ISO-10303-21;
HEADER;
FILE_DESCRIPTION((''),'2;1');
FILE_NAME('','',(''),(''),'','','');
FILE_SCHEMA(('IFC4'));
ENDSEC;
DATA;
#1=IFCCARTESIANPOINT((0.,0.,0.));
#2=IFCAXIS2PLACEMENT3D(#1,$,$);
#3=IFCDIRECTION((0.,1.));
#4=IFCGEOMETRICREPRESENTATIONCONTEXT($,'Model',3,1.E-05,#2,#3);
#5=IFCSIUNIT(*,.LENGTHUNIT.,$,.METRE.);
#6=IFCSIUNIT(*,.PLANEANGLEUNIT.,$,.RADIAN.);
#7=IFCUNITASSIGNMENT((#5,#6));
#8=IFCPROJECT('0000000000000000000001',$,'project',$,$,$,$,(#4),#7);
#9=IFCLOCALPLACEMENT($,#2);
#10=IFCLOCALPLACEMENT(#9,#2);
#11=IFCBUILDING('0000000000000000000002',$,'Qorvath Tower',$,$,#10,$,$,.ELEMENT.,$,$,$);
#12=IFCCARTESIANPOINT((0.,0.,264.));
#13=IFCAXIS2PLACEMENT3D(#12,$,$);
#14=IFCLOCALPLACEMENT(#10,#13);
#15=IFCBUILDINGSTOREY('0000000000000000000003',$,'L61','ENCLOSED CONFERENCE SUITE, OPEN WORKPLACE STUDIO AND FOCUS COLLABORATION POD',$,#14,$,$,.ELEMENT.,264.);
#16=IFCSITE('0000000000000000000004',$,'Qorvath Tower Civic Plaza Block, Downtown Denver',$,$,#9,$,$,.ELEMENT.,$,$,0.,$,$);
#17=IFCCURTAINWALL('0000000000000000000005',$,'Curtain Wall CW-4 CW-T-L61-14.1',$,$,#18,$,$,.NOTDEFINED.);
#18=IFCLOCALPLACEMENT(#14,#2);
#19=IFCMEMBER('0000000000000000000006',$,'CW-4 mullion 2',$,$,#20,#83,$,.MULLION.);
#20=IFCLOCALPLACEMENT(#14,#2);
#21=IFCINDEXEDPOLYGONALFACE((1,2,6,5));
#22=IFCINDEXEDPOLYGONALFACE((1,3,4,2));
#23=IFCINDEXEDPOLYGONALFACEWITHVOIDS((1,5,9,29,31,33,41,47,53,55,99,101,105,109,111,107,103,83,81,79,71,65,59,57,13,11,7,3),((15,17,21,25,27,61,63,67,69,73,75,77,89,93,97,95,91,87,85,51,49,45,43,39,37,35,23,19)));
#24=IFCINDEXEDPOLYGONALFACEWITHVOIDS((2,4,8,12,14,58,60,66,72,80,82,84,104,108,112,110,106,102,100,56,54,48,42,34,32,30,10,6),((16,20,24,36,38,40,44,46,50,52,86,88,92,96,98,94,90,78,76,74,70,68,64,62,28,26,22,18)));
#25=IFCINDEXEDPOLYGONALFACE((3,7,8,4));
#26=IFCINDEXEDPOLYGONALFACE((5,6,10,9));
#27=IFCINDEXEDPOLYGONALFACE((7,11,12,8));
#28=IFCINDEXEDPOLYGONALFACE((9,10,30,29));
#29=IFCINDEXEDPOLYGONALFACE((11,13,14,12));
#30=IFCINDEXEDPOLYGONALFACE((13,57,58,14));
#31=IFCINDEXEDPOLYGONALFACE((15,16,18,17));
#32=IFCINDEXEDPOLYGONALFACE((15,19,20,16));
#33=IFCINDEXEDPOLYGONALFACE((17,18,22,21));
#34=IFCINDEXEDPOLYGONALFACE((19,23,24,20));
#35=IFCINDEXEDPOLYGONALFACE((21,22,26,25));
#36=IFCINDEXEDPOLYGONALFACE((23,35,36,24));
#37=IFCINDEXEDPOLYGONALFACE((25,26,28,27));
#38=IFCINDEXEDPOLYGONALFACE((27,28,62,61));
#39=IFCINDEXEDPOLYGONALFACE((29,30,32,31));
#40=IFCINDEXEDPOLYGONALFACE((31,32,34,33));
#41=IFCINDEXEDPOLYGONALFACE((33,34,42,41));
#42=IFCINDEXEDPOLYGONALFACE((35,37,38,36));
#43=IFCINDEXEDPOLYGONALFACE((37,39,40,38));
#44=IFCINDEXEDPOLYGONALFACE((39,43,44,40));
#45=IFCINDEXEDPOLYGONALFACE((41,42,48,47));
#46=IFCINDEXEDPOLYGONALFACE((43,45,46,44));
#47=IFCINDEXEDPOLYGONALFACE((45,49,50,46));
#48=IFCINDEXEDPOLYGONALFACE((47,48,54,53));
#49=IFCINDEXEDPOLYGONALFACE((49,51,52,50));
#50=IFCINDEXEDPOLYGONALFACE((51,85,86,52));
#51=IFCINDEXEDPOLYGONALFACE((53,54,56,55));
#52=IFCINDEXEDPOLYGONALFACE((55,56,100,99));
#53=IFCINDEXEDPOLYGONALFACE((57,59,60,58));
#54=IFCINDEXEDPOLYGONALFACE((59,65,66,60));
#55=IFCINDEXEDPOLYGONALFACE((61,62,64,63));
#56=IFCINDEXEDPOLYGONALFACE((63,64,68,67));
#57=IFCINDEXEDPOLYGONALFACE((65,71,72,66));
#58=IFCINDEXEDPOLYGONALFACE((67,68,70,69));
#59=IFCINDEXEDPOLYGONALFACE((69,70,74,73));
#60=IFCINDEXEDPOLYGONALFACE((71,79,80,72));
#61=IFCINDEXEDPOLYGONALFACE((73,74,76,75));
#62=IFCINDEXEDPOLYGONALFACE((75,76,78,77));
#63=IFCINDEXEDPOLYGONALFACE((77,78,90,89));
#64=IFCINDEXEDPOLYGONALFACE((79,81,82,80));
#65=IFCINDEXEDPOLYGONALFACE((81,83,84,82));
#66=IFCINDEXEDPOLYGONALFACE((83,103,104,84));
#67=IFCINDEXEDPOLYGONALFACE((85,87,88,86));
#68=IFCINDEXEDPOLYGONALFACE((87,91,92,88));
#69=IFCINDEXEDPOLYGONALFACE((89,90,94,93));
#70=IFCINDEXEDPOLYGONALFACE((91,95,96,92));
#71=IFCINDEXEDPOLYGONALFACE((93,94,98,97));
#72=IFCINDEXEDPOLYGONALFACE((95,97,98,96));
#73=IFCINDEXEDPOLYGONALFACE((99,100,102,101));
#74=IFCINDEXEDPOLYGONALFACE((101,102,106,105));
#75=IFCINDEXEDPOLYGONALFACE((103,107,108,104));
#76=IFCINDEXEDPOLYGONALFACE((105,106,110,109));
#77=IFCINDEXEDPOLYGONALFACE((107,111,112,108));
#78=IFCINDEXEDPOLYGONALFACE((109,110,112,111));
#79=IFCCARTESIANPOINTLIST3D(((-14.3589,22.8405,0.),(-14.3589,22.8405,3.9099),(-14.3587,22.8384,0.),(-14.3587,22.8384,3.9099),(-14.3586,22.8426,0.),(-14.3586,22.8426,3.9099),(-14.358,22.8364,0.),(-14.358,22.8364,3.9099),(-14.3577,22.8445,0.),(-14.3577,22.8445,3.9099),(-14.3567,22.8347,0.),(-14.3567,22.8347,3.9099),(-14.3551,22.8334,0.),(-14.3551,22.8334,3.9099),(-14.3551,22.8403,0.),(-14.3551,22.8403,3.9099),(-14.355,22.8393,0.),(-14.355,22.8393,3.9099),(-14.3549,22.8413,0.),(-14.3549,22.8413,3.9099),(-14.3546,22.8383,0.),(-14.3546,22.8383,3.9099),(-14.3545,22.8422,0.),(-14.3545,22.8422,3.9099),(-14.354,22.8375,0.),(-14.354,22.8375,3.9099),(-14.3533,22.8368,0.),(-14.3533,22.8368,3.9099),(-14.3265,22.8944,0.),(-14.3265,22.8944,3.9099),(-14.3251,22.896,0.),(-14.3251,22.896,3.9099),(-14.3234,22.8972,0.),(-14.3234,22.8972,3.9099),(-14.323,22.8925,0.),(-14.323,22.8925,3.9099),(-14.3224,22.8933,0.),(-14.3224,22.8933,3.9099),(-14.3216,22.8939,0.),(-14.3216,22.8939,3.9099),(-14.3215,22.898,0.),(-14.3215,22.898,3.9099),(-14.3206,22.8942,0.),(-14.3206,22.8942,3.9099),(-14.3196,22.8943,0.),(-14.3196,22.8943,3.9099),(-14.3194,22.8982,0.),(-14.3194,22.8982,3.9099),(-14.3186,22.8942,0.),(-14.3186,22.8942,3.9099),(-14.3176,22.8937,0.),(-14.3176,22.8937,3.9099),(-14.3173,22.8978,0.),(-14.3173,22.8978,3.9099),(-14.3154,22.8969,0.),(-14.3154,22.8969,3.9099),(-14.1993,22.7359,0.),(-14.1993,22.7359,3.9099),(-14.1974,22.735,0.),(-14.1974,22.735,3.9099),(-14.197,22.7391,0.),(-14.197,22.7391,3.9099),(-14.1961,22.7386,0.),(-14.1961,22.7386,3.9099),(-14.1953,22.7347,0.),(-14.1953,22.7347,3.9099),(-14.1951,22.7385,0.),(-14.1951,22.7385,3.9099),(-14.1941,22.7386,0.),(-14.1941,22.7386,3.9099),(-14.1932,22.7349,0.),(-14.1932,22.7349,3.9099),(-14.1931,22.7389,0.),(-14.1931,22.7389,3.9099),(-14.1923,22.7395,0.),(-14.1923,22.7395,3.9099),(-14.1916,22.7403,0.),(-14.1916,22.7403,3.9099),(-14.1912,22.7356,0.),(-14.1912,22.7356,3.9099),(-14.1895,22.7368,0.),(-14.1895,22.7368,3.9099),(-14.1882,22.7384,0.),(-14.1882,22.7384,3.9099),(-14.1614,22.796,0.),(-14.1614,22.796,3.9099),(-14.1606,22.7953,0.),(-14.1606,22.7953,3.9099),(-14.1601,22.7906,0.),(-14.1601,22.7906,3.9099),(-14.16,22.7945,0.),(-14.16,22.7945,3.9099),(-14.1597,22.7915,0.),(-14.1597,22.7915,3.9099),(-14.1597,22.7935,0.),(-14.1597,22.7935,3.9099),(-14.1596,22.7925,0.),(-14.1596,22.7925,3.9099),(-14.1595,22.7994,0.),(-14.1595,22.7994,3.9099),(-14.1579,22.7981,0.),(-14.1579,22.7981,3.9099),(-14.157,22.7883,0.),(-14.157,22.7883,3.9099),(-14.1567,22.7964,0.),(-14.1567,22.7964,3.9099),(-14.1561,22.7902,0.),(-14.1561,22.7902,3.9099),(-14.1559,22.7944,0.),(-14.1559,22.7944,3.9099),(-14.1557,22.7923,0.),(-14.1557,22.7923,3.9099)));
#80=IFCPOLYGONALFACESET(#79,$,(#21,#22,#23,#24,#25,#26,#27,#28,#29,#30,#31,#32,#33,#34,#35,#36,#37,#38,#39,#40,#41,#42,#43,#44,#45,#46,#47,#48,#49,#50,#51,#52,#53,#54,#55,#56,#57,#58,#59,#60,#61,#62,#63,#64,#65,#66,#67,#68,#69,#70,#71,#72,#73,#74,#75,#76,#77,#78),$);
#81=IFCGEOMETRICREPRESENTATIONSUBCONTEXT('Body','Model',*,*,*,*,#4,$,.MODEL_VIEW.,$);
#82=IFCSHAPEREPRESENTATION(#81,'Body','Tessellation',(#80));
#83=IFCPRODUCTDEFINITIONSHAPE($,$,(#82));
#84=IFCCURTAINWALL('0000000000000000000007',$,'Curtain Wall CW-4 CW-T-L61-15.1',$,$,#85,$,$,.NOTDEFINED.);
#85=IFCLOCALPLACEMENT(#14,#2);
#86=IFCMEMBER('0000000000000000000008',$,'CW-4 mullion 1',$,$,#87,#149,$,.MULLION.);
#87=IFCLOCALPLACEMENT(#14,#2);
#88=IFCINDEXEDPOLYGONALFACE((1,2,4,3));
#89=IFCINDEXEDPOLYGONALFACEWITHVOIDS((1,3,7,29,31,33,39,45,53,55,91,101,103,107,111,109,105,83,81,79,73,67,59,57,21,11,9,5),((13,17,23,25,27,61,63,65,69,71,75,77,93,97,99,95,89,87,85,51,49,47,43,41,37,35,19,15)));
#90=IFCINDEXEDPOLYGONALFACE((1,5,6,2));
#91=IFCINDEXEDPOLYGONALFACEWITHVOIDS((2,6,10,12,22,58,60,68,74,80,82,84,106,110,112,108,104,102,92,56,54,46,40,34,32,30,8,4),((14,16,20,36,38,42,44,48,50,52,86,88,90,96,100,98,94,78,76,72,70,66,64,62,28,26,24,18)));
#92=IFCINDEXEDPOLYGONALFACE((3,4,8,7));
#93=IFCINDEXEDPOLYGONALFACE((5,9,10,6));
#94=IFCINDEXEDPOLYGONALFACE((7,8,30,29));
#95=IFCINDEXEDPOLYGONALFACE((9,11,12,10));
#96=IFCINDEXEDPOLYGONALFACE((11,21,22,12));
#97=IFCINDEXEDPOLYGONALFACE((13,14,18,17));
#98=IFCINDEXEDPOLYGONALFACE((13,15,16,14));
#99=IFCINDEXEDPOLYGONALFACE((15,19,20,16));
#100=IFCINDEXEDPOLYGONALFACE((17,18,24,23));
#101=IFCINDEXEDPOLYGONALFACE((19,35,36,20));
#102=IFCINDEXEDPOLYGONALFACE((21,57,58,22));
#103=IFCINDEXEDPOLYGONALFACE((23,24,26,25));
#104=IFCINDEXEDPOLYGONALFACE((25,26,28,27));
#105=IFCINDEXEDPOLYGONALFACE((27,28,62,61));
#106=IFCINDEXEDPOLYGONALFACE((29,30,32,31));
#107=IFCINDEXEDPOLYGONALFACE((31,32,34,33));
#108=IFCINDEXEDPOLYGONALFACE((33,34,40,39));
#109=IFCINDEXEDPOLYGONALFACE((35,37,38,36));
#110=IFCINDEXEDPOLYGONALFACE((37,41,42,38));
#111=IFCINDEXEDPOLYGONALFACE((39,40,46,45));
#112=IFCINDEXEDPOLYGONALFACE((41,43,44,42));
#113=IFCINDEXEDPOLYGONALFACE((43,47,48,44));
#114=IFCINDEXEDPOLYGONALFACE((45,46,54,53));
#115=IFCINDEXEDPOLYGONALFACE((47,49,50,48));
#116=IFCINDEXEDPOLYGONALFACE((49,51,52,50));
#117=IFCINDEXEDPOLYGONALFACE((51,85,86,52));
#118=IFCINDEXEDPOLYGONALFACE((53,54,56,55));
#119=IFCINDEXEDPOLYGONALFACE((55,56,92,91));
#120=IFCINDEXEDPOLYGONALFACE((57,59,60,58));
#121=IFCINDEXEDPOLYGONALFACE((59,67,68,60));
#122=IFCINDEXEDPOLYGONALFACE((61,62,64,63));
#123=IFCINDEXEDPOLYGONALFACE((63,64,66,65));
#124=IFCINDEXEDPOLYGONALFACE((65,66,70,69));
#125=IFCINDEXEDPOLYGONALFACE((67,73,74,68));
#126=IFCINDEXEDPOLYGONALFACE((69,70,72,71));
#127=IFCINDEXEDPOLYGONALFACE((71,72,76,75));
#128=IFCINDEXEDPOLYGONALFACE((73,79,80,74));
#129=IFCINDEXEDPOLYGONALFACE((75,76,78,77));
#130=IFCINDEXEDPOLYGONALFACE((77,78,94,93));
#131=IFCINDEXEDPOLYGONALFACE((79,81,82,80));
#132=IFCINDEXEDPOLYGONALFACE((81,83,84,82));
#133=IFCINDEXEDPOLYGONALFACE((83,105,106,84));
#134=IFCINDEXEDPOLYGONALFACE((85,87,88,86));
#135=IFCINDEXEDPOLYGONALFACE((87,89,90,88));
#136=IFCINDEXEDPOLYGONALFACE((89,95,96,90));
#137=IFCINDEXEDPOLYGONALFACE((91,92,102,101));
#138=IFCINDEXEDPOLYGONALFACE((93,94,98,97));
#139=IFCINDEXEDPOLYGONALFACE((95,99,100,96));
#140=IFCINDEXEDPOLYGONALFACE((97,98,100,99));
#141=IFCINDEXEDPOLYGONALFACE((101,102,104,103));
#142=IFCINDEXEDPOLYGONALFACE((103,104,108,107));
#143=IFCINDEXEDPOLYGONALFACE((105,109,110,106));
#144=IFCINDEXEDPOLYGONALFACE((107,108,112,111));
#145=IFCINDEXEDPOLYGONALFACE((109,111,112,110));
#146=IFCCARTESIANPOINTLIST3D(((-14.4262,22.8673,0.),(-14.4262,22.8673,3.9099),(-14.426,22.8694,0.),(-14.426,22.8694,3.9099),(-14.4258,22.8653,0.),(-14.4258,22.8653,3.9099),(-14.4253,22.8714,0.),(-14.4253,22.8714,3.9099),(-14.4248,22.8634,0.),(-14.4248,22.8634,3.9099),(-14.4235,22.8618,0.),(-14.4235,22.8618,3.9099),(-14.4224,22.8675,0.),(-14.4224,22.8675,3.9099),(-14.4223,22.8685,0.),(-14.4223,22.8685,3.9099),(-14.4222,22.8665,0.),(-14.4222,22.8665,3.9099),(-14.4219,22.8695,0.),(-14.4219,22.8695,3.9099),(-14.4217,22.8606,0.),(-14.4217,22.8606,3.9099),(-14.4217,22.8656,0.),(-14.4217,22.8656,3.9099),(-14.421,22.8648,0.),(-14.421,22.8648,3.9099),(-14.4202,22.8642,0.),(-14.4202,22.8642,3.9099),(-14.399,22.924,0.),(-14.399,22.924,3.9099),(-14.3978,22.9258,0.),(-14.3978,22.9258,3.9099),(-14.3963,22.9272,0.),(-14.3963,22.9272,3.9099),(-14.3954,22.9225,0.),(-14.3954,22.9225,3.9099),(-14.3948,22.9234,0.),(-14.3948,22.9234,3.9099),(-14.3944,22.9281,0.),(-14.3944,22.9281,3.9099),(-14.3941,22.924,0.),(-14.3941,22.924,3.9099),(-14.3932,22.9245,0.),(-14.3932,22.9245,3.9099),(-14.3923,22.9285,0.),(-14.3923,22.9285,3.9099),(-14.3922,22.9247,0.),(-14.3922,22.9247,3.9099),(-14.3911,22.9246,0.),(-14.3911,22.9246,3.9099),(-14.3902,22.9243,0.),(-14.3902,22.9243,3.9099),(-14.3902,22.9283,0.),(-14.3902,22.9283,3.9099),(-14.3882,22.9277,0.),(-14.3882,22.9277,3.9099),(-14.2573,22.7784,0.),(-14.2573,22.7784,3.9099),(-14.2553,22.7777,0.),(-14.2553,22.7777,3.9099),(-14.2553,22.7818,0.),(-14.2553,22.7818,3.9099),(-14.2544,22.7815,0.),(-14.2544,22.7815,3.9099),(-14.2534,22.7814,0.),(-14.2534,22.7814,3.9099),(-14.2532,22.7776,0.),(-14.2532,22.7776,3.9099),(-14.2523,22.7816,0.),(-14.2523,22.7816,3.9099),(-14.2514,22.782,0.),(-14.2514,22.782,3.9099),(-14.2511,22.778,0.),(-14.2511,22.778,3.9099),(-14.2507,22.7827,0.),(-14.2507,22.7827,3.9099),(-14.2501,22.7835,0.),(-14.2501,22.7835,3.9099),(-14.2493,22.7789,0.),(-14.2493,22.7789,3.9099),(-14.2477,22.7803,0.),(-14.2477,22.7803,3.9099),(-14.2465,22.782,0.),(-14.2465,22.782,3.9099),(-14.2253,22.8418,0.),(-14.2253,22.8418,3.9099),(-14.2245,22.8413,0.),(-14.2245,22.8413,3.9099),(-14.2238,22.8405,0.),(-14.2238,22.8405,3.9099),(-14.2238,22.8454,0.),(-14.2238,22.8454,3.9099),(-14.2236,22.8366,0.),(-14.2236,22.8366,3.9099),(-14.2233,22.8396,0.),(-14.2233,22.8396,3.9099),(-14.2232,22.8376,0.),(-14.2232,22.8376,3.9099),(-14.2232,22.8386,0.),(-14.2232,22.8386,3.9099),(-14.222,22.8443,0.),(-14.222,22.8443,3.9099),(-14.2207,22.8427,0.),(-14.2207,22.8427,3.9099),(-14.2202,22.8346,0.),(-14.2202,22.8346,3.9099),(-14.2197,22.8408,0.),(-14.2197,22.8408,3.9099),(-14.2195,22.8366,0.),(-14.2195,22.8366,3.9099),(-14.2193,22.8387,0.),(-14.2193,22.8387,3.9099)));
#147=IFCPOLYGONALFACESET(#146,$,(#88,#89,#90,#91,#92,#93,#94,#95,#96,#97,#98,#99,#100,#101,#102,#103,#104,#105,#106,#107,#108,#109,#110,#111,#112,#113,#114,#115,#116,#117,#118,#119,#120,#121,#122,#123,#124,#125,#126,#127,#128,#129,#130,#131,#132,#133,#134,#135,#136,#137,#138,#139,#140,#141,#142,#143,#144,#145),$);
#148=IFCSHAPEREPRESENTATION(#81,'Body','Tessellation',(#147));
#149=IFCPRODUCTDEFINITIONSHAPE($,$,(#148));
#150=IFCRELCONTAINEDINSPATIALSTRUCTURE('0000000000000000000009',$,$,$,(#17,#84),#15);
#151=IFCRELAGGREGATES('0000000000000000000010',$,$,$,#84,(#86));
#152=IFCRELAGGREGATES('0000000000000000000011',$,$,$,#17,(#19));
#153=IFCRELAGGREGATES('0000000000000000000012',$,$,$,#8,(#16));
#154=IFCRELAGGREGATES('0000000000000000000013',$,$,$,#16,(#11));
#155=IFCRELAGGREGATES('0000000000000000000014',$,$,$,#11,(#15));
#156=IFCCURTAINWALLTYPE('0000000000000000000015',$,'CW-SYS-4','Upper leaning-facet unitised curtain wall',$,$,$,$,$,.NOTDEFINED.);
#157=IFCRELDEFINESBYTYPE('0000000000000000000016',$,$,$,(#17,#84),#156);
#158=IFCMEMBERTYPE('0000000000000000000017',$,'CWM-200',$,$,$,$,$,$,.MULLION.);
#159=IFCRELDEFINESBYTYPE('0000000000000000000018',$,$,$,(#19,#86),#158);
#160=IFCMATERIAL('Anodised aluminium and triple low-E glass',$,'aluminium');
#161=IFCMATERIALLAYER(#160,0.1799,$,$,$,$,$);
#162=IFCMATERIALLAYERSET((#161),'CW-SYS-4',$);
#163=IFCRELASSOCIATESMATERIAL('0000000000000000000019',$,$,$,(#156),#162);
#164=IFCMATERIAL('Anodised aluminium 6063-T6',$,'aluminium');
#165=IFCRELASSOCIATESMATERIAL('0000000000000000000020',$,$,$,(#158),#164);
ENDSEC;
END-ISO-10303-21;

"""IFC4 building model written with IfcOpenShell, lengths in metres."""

from ifc_helpers import new_model, si_unit, direction, frame, origin, origin_2d, place, context, subcontext, project, spatial, hollow_rectangle, extrude, material, layer, layer_set, material_profile, profile_set, type_object, element, aggregate, save


model = new_model("IFC4")

# Units and contexts
model_context = context("Model", 3, precision=1e-05, world=origin(), true_north=direction((0.0, 1.0)))
body_context = subcontext(model_context, "Body", "Model", "MODEL_VIEW")
ifc_project = project(units=[si_unit("LENGTHUNIT", "METRE"), si_unit("PLANEANGLEUNIT", "RADIAN")], contexts=[model_context])

# Site, building, storey
site_placement = place(None, origin())
site = spatial("IfcSite", under=ifc_project, at=site_placement, Name="Qorvath Tower Civic Plaza Block, Downtown Denver", CompositionType="ELEMENT", RefElevation=0.0)
building_placement = place(site_placement, origin())
building = spatial("IfcBuilding", under=site, at=building_placement, Name="Qorvath Tower", CompositionType="ELEMENT")
storey_placement = place(building_placement, frame((0.0, 0.0, 264.0)))
storey = spatial("IfcBuildingStorey", under=building, at=storey_placement, Name="L61", Description="ENCLOSED CONFERENCE SUITE, OPEN WORKPLACE STUDIO AND FOCUS COLLABORATION POD", CompositionType="ELEMENT", Elevation=264.0)

# Shared definitions
ifc_material_1 = material(Name="Anodised aluminium and triple low-E glass", Category="aluminium")
ifc_layer_1 = layer(ifc_material_1, 0.1799)
ifc_layer_set_1 = layer_set([ifc_layer_1], Name="CW-SYS-4")
curtain_wall_type = type_object("IfcCurtainWallType", Name="CW-SYS-4", Description="Upper leaning-facet unitised curtain wall", PredefinedType="NOTDEFINED", material=ifc_layer_set_1)
ifc_material_2 = material(Name="Anodised aluminium 6063-T6", Category="aluminium")
ifc_material_profile_1 = material_profile(ifc_material_2, hollow_rectangle(XDim=0.075, YDim=0.2, WallThickness=0.0039, InnerFilletRadius=0.0039, OuterFilletRadius=0.0081, at=origin_2d()), Name="CWM 200x75")
ifc_profile_set_1 = profile_set([ifc_material_profile_1], Name="Anodised aluminium 6063-T6")
member_type_1 = type_object("IfcMemberType", Name="CWM-200", PredefinedType="MULLION", material=ifc_profile_set_1)

# Curtain wall, member
curtain_wall_1_placement = place(storey_placement, origin())
curtain_wall_1 = element("IfcCurtainWall", 1, at=curtain_wall_1_placement, inside=storey, type_object=curtain_wall_type, Name="Curtain Wall CW-4 CW-T-L61-14.1", PredefinedType="NOTDEFINED")
member_1_placement = place(storey_placement, frame((-14.2573, 22.8164, 0.0), z_axis=(0.0, 0.0, 1.0), x_axis=(-0.530412, -0.84774, 0.0)))
member_1 = element("IfcMember", 2, at=member_1_placement, type_object=member_type_1, Name="CW-4 mullion 2", PredefinedType="MULLION", context=body_context, shape_type="SweptSolid", body=[
    extrude(hollow_rectangle(XDim=0.075, YDim=0.2, WallThickness=0.0039, InnerFilletRadius=0.0039, OuterFilletRadius=0.0081, at=origin_2d()), origin(), (0.0, 0.0, 1.0), 3.9099),
])

# Curtain wall, member
curtain_wall_2_placement = place(storey_placement, origin())
curtain_wall_2 = element("IfcCurtainWall", 3, at=curtain_wall_2_placement, inside=storey, type_object=curtain_wall_type, Name="Curtain Wall CW-4 CW-T-L61-15.1", PredefinedType="NOTDEFINED")
member_2_placement = place(storey_placement, frame((-14.3228, 22.853, 0.0), z_axis=(0.0, 0.0, 1.0), x_axis=(-0.447193, -0.894437, 0.0)))
member_2 = element("IfcMember", 4, at=member_2_placement, type_object=member_type_1, Name="CW-4 mullion 1", PredefinedType="MULLION", context=body_context, shape_type="SweptSolid", body=[
    extrude(hollow_rectangle(XDim=0.075, YDim=0.2, WallThickness=0.0039, InnerFilletRadius=0.0039, OuterFilletRadius=0.0081, at=origin_2d()), origin(), (0.0, 0.0, 1.0), 3.9099),
])

aggregate(curtain_wall_2, [member_2])

aggregate(curtain_wall_1, [member_1])

save(model, "model.ifc")
